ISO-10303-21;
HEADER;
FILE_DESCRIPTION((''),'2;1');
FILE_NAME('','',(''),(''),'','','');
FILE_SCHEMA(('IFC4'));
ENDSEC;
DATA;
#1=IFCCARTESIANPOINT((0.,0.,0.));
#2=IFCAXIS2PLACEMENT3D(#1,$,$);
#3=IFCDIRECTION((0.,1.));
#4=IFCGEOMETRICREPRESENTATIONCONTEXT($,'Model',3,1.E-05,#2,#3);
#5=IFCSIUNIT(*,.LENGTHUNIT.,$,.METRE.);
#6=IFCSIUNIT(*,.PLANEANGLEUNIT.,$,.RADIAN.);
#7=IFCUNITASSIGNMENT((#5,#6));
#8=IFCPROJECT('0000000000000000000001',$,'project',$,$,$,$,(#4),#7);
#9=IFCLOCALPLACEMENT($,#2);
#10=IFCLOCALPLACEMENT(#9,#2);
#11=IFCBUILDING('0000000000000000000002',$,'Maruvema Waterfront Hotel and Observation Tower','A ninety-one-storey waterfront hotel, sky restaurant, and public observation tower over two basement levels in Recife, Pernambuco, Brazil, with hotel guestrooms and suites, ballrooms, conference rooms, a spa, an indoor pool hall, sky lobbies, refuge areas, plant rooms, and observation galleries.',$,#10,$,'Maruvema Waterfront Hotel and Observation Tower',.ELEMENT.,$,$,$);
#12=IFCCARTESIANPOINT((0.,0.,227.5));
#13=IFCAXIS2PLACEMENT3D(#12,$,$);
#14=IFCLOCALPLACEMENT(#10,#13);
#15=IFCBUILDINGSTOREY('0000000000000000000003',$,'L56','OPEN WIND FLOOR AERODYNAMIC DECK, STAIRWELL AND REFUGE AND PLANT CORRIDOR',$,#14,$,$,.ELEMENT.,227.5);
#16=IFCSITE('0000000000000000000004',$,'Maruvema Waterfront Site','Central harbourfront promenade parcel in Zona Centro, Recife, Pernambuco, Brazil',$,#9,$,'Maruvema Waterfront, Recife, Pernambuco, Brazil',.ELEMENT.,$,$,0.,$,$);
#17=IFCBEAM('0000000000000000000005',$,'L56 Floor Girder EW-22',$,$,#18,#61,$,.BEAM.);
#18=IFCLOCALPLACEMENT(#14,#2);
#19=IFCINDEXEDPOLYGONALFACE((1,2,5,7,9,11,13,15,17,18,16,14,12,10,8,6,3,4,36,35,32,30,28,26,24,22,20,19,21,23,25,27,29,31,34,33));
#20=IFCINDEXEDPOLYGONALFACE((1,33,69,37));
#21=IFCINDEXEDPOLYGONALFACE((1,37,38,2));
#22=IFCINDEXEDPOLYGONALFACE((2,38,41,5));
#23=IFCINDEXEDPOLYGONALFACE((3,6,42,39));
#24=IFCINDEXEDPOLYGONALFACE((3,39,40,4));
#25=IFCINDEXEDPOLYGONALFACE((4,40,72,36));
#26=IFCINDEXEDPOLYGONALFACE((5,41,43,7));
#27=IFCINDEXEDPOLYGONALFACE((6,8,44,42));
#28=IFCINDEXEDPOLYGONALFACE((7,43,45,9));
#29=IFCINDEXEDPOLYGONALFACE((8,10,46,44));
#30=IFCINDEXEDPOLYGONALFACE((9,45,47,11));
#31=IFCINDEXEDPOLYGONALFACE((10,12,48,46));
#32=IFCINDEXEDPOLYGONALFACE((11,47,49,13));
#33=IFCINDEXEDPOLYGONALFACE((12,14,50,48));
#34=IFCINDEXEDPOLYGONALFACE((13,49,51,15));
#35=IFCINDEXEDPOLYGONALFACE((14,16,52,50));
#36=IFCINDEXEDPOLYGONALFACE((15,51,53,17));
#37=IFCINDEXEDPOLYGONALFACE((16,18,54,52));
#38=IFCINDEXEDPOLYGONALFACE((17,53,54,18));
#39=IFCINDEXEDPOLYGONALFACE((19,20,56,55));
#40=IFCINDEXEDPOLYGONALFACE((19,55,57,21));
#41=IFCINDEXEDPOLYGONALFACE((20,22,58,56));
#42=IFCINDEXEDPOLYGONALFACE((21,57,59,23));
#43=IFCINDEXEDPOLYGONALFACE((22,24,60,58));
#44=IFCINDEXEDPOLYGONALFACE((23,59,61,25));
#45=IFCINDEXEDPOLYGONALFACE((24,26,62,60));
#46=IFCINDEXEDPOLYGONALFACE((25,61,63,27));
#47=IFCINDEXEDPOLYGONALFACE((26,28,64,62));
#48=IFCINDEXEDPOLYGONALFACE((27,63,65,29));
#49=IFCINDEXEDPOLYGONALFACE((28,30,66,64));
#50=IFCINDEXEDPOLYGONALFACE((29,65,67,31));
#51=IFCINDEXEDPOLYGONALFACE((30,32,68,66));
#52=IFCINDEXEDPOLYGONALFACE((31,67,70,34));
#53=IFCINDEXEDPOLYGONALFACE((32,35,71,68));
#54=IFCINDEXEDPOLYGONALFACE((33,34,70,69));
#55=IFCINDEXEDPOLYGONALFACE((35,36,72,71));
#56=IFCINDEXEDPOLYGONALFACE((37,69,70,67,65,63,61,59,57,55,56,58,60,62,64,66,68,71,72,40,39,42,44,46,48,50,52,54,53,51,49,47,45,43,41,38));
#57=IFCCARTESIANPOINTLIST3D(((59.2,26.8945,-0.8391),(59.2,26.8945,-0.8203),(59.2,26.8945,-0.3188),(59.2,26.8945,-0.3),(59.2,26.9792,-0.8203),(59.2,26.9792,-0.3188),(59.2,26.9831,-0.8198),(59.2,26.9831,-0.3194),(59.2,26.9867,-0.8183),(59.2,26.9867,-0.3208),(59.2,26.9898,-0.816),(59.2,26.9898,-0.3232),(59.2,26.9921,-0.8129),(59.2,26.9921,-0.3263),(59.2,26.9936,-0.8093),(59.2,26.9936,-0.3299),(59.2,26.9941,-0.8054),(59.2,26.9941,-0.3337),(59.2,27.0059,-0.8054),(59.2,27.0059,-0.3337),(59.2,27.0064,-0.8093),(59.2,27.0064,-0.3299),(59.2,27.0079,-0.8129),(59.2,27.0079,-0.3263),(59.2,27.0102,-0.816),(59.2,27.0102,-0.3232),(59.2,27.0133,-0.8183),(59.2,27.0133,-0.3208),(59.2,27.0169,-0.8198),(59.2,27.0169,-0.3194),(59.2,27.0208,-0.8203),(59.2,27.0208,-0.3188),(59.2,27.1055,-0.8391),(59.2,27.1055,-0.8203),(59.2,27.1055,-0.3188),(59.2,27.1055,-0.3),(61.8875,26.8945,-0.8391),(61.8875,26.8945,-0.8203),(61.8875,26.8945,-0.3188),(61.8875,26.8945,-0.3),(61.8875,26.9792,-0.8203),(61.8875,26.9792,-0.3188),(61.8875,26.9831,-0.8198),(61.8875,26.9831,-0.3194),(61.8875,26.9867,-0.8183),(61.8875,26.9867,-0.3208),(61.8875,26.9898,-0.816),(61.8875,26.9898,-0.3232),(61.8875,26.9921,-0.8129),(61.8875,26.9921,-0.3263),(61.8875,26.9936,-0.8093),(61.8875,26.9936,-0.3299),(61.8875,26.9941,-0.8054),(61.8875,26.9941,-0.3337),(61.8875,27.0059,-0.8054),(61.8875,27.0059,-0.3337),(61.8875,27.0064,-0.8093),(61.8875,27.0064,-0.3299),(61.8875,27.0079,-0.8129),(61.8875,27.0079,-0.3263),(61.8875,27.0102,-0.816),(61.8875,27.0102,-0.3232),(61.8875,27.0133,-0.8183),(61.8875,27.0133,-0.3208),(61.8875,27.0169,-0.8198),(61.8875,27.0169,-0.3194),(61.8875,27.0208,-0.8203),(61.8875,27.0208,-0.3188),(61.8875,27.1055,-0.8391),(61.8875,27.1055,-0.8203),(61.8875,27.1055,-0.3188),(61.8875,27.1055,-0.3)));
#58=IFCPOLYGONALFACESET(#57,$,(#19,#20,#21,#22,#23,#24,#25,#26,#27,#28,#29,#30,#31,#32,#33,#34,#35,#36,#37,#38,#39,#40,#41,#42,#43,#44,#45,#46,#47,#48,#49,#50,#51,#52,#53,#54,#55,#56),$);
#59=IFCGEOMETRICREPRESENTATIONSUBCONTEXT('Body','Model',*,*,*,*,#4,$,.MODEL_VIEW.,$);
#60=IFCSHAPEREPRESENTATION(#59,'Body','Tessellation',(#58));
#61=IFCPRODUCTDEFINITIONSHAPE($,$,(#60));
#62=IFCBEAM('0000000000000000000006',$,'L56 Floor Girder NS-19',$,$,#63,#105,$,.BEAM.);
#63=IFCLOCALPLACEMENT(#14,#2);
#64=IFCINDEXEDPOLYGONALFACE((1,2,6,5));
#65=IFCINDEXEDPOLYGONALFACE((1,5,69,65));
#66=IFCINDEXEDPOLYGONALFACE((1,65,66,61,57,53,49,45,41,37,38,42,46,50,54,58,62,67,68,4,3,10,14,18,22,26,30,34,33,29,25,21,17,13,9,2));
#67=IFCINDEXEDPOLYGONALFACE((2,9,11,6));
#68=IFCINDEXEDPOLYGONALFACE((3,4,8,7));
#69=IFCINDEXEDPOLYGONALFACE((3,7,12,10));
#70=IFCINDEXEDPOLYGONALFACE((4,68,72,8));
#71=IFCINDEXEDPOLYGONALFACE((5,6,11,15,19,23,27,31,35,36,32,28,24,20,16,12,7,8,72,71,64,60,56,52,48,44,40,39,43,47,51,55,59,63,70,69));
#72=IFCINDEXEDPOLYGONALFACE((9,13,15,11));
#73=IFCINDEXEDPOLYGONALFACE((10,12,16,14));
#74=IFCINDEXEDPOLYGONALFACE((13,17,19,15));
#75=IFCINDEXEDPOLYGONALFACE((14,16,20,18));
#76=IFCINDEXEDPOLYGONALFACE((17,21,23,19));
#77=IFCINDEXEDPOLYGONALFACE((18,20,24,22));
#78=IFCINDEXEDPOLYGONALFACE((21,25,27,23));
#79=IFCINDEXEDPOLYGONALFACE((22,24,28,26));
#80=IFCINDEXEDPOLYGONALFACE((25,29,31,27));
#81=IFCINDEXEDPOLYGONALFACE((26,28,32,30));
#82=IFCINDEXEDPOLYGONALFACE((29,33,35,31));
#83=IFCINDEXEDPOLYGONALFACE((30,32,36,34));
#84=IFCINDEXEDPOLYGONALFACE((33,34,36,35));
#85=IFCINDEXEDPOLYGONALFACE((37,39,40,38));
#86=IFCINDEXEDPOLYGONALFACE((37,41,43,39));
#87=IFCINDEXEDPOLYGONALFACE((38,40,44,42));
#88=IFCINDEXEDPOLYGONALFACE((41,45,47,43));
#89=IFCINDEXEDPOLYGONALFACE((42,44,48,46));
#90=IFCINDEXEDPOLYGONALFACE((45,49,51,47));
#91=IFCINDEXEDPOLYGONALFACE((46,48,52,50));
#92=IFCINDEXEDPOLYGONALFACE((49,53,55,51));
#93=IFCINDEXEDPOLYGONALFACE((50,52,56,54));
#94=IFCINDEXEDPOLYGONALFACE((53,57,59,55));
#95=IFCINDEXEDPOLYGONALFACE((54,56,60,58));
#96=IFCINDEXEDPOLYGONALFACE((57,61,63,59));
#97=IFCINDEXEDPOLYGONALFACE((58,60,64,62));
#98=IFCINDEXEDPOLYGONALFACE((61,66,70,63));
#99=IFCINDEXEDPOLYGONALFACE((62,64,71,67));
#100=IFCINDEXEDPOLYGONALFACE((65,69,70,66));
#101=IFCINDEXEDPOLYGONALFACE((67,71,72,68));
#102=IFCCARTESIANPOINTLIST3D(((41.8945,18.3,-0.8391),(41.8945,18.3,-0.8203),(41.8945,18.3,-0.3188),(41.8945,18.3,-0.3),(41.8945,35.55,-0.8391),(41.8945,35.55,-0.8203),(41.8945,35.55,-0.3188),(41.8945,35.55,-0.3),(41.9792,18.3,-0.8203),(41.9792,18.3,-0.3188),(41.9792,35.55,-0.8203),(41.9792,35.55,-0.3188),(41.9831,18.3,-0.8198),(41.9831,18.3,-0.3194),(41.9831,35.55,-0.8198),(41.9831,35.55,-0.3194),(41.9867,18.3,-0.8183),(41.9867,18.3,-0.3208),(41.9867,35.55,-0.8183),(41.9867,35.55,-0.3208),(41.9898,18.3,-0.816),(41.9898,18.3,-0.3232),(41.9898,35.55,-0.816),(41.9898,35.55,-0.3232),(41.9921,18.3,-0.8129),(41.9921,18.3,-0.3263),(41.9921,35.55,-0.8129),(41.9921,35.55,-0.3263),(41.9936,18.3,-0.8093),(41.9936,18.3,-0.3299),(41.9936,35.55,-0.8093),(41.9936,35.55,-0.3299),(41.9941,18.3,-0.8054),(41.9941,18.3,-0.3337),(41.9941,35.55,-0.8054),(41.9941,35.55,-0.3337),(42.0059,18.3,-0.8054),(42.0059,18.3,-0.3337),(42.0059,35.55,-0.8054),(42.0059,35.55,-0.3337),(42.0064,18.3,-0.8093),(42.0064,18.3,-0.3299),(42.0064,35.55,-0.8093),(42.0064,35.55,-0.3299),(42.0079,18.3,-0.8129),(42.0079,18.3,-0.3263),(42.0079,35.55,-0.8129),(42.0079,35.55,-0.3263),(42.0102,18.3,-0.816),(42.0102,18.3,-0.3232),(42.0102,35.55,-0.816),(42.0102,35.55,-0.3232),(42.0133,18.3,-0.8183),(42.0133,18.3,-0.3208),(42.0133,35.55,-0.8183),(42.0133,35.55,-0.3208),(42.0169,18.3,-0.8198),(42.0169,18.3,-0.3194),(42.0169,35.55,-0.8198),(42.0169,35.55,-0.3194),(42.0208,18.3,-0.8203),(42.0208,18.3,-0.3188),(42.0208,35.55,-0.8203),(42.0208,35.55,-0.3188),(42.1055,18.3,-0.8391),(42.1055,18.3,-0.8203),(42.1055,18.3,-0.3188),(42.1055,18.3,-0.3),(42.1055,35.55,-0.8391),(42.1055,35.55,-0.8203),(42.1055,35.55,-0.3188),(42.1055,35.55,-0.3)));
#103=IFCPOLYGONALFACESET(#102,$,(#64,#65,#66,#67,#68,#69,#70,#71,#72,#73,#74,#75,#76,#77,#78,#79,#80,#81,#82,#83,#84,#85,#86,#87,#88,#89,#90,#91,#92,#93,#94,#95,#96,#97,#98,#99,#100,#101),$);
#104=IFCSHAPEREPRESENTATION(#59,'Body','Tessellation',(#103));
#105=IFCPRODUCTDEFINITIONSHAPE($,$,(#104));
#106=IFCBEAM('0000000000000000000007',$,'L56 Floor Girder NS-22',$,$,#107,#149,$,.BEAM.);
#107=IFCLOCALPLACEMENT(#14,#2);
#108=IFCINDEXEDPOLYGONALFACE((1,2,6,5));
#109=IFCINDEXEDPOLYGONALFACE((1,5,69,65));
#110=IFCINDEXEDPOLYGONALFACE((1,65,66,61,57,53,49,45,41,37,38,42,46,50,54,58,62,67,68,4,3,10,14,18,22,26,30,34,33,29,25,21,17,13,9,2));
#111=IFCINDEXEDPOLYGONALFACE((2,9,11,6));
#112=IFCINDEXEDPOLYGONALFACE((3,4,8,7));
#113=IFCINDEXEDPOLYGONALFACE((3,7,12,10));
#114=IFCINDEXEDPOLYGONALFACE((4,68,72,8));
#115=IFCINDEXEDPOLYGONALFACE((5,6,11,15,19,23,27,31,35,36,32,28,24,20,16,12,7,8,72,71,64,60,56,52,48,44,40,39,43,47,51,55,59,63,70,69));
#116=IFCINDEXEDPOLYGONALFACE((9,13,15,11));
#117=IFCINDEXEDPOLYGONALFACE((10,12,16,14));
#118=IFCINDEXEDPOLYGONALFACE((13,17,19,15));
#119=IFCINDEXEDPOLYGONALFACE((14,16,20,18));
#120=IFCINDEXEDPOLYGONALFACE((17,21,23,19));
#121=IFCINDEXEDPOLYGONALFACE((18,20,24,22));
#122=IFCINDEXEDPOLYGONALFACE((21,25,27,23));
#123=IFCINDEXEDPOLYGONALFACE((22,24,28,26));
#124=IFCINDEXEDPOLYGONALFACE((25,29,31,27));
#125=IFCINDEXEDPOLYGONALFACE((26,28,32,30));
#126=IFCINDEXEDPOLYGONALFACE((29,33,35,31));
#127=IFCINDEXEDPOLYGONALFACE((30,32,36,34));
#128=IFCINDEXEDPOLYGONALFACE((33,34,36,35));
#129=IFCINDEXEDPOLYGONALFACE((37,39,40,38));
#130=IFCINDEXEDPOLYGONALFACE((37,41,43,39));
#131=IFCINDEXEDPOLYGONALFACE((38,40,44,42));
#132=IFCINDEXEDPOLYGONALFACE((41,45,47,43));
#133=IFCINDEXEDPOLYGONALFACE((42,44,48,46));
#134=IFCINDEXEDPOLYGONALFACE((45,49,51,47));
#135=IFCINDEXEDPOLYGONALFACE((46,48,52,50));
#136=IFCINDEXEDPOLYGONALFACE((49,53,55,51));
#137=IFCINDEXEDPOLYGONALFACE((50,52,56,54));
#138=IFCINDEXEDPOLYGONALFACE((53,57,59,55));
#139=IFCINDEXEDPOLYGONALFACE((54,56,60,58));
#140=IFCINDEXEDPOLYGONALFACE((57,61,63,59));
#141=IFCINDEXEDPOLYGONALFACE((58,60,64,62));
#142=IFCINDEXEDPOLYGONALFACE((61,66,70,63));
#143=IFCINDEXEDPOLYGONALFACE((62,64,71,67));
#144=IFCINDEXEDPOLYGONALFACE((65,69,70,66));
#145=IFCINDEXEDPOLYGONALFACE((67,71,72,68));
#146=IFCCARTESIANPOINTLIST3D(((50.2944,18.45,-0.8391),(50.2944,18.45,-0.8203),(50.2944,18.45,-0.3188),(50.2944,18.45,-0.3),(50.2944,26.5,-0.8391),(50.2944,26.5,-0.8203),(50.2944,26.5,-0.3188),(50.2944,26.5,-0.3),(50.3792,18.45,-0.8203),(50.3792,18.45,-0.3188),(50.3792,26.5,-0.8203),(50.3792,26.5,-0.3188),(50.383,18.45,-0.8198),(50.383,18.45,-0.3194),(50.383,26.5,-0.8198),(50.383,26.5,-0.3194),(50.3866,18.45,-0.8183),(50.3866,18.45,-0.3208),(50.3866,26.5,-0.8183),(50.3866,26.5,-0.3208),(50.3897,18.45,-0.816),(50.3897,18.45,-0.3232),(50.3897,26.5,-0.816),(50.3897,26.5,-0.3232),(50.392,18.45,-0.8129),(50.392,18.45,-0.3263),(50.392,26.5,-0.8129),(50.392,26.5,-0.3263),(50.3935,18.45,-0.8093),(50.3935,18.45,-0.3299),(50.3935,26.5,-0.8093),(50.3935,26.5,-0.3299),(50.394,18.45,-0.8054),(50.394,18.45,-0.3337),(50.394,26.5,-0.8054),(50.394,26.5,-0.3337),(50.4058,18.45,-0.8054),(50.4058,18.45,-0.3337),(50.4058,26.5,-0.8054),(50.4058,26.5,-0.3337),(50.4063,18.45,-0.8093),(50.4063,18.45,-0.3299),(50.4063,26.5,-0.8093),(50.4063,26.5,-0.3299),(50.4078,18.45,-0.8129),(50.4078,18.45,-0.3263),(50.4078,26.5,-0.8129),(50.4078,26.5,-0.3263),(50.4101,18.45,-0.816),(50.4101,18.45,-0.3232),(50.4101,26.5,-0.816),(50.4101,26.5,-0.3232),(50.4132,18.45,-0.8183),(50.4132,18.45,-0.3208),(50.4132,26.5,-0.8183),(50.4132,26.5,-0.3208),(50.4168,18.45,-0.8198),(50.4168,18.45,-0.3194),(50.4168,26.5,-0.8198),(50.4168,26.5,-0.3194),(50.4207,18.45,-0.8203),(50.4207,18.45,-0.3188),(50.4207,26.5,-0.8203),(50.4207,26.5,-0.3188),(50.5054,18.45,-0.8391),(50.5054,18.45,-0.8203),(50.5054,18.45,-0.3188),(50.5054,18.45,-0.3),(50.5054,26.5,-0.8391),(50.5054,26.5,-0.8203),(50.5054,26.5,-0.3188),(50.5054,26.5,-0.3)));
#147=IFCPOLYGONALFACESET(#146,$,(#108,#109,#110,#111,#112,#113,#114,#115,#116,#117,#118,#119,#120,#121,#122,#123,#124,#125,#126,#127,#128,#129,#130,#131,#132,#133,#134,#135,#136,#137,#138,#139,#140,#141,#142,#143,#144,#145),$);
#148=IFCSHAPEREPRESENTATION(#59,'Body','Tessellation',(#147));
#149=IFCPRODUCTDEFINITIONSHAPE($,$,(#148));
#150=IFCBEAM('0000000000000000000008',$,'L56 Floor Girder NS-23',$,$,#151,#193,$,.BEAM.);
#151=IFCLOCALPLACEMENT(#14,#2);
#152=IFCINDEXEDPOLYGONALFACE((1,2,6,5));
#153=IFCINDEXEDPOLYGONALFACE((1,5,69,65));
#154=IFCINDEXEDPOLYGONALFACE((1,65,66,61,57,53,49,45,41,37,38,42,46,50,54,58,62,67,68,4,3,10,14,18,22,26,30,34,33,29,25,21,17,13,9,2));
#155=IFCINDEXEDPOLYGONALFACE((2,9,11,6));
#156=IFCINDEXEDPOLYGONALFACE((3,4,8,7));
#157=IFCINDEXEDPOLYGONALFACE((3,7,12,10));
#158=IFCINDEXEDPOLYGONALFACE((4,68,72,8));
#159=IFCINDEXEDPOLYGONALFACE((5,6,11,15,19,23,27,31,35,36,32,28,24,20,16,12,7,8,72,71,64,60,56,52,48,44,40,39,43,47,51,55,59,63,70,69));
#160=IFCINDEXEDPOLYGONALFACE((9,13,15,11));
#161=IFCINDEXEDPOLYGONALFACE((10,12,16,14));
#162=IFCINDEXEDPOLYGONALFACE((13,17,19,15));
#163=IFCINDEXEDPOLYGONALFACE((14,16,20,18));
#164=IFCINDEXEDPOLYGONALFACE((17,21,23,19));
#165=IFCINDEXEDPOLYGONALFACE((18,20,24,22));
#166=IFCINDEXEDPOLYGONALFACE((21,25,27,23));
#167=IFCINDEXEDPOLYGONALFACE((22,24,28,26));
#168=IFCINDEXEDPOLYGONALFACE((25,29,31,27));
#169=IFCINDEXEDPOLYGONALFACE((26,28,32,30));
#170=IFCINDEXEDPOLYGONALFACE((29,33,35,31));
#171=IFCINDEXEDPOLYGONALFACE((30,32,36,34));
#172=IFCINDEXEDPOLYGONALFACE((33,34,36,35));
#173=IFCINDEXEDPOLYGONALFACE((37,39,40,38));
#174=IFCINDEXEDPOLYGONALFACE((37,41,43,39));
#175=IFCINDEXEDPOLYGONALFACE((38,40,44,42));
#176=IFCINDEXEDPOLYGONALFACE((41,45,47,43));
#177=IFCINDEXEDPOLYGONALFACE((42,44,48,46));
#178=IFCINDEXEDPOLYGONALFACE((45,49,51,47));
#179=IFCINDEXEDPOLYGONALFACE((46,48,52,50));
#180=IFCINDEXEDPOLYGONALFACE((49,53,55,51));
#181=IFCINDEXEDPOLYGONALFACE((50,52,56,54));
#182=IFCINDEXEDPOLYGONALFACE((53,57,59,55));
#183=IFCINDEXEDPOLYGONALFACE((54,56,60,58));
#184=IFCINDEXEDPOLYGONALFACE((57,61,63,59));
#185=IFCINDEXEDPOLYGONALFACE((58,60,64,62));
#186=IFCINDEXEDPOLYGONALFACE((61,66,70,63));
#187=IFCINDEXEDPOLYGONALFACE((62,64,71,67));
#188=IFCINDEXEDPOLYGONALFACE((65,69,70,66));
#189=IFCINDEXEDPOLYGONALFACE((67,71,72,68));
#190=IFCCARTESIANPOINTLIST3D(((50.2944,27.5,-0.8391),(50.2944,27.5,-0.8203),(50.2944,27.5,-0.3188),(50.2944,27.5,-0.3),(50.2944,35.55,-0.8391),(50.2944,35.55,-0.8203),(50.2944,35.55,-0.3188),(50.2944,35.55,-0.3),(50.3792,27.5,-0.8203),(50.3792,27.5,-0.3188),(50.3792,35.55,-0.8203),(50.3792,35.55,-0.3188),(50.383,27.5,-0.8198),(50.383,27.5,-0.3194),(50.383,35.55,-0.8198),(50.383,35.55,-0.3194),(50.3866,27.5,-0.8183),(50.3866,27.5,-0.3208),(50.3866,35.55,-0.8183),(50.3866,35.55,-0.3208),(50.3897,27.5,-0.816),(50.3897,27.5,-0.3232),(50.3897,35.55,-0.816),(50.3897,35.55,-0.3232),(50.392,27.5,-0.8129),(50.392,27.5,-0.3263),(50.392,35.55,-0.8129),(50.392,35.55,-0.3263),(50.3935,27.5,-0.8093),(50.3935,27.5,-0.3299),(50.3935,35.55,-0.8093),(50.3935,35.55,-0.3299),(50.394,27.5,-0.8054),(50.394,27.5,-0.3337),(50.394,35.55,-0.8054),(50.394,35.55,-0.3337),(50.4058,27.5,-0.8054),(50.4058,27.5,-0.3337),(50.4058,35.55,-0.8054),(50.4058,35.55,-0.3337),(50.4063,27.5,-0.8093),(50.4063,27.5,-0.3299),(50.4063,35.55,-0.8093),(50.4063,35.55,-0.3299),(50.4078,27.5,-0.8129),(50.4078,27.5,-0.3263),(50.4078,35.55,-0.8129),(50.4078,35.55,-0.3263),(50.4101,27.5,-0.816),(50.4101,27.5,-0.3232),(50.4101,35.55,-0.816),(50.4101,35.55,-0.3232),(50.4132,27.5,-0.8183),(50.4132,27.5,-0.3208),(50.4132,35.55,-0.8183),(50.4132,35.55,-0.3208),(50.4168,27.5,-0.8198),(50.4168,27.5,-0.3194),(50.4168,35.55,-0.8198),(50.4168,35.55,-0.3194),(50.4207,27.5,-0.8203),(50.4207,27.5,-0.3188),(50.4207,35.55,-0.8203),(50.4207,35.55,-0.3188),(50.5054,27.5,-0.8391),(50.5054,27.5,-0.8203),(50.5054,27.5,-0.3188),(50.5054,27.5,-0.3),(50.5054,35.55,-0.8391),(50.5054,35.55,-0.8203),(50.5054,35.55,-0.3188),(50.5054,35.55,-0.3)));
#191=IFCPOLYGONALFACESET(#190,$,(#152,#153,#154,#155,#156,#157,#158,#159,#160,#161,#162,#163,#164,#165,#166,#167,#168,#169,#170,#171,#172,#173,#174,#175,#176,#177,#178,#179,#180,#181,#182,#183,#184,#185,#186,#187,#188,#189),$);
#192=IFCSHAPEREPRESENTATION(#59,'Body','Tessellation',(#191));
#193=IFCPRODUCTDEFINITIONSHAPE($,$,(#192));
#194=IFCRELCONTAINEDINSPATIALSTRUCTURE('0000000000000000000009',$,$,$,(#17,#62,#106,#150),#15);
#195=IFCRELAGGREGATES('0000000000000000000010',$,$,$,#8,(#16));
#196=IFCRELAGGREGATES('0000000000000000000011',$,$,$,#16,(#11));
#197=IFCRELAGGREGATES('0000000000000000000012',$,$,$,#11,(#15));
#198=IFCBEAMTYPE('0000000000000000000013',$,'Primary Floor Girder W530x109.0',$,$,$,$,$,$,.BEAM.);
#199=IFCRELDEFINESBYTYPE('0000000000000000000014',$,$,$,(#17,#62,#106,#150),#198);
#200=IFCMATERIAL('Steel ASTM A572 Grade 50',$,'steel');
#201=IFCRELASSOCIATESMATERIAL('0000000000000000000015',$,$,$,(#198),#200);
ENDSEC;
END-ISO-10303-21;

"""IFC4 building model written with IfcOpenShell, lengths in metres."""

from ifc_helpers import new_model, si_unit, direction, frame, origin, origin_2d, place, context, subcontext, project, spatial, i_section, extrude, material, material_profile, profile_set, type_object, element, save


model = new_model("IFC4")

# Units and contexts
model_context = context("Model", 3, precision=1e-05, world=origin(), true_north=direction((0.0, 1.0)))
body_context = subcontext(model_context, "Body", "Model", "MODEL_VIEW")
ifc_project = project(units=[si_unit("LENGTHUNIT", "METRE"), si_unit("PLANEANGLEUNIT", "RADIAN")], contexts=[model_context])

# Site, building, storey
site_placement = place(None, origin())
site = spatial("IfcSite", under=ifc_project, at=site_placement, Name="Maruvema Waterfront Site", Description="Central harbourfront promenade parcel in Zona Centro, Recife, Pernambuco, Brazil", LongName="Maruvema Waterfront, Recife, Pernambuco, Brazil", CompositionType="ELEMENT", RefElevation=0.0)
building_placement = place(site_placement, origin())
building = spatial("IfcBuilding", under=site, at=building_placement, Name="Maruvema Waterfront Hotel and Observation Tower", Description="A ninety-one-storey waterfront hotel, sky restaurant, and public observation tower over two basement levels in Recife, Pernambuco, Brazil, with hotel guestrooms and suites, ballrooms, conference rooms, a spa, an indoor pool hall, sky lobbies, refuge areas, plant rooms, and observation galleries.", LongName="Maruvema Waterfront Hotel and Observation Tower", CompositionType="ELEMENT")
storey_placement = place(building_placement, frame((0.0, 0.0, 227.5)))
storey = spatial("IfcBuildingStorey", under=building, at=storey_placement, Name="L56", Description="OPEN WIND FLOOR AERODYNAMIC DECK, STAIRWELL AND REFUGE AND PLANT CORRIDOR", CompositionType="ELEMENT", Elevation=227.5)

# Beams
ifc_material_1 = material(Name="Steel ASTM A572 Grade 50", Category="steel")
ifc_material_profile_1 = material_profile(ifc_material_1, i_section(OverallWidth=0.2109, OverallDepth=0.5391, WebThickness=0.0117, FlangeThickness=0.0188, FilletRadius=0.0149, at=origin_2d()), Name="W530x109.0")
ifc_profile_set_1 = profile_set([ifc_material_profile_1], Name="Steel ASTM A572 Grade 50")
beam_type_1 = type_object("IfcBeamType", Name="Primary Floor Girder W530x109.0", PredefinedType="BEAM", material=ifc_profile_set_1)
beam_1_placement = place(storey_placement, frame((59.2, 27.0, -0.5696), z_axis=(1.0, 0.0, 0.0), x_axis=(0.0, 1.0, 0.0)))
element("IfcBeam", 1, at=beam_1_placement, inside=storey, type_object=beam_type_1, Name="L56 Floor Girder EW-22", PredefinedType="BEAM", context=body_context, shape_type="SweptSolid", body=[
    extrude(i_section(OverallWidth=0.2109, OverallDepth=0.5391, WebThickness=0.0117, FlangeThickness=0.0188, FilletRadius=0.0149, at=origin_2d()), origin(), (0.0, 0.0, 1.0), 2.6875),
])
beam_2_placement = place(storey_placement, frame((42.0, 18.3, -0.5696), z_axis=(0.0, 1.0, 0.0), x_axis=(-1.0, 0.0, 0.0)))
element("IfcBeam", 2, at=beam_2_placement, inside=storey, type_object=beam_type_1, Name="L56 Floor Girder NS-19", PredefinedType="BEAM", context=body_context, shape_type="SweptSolid", body=[
    extrude(i_section(OverallWidth=0.2109, OverallDepth=0.5391, WebThickness=0.0117, FlangeThickness=0.0188, FilletRadius=0.0149, at=origin_2d()), origin(), (0.0, 0.0, 1.0), 17.25),
])
for number, where, z_axis, x_axis, name in (
    (3, (50.3999, 18.45, -0.5696), (0.0, 1.0, 0.0), (-1.0, 0.0, 0.0), "L56 Floor Girder NS-22"),
    (4, (50.3999, 27.5, -0.5696), (0.0, 1.0, 0.0), (-1.0, 0.0, 0.0), "L56 Floor Girder NS-23"),
):
    element("IfcBeam", number, at=place(storey_placement, frame(where, z_axis=z_axis, x_axis=x_axis)), inside=storey, type_object=beam_type_1, Name=name, PredefinedType="BEAM", context=body_context, shape_type="SweptSolid", body=[
        extrude(i_section(OverallWidth=0.2109, OverallDepth=0.5391, WebThickness=0.0117, FlangeThickness=0.0188, FilletRadius=0.0149, at=origin_2d()), origin(), (0.0, 0.0, 1.0), 8.05),
    ])

save(model, "model.ifc")
